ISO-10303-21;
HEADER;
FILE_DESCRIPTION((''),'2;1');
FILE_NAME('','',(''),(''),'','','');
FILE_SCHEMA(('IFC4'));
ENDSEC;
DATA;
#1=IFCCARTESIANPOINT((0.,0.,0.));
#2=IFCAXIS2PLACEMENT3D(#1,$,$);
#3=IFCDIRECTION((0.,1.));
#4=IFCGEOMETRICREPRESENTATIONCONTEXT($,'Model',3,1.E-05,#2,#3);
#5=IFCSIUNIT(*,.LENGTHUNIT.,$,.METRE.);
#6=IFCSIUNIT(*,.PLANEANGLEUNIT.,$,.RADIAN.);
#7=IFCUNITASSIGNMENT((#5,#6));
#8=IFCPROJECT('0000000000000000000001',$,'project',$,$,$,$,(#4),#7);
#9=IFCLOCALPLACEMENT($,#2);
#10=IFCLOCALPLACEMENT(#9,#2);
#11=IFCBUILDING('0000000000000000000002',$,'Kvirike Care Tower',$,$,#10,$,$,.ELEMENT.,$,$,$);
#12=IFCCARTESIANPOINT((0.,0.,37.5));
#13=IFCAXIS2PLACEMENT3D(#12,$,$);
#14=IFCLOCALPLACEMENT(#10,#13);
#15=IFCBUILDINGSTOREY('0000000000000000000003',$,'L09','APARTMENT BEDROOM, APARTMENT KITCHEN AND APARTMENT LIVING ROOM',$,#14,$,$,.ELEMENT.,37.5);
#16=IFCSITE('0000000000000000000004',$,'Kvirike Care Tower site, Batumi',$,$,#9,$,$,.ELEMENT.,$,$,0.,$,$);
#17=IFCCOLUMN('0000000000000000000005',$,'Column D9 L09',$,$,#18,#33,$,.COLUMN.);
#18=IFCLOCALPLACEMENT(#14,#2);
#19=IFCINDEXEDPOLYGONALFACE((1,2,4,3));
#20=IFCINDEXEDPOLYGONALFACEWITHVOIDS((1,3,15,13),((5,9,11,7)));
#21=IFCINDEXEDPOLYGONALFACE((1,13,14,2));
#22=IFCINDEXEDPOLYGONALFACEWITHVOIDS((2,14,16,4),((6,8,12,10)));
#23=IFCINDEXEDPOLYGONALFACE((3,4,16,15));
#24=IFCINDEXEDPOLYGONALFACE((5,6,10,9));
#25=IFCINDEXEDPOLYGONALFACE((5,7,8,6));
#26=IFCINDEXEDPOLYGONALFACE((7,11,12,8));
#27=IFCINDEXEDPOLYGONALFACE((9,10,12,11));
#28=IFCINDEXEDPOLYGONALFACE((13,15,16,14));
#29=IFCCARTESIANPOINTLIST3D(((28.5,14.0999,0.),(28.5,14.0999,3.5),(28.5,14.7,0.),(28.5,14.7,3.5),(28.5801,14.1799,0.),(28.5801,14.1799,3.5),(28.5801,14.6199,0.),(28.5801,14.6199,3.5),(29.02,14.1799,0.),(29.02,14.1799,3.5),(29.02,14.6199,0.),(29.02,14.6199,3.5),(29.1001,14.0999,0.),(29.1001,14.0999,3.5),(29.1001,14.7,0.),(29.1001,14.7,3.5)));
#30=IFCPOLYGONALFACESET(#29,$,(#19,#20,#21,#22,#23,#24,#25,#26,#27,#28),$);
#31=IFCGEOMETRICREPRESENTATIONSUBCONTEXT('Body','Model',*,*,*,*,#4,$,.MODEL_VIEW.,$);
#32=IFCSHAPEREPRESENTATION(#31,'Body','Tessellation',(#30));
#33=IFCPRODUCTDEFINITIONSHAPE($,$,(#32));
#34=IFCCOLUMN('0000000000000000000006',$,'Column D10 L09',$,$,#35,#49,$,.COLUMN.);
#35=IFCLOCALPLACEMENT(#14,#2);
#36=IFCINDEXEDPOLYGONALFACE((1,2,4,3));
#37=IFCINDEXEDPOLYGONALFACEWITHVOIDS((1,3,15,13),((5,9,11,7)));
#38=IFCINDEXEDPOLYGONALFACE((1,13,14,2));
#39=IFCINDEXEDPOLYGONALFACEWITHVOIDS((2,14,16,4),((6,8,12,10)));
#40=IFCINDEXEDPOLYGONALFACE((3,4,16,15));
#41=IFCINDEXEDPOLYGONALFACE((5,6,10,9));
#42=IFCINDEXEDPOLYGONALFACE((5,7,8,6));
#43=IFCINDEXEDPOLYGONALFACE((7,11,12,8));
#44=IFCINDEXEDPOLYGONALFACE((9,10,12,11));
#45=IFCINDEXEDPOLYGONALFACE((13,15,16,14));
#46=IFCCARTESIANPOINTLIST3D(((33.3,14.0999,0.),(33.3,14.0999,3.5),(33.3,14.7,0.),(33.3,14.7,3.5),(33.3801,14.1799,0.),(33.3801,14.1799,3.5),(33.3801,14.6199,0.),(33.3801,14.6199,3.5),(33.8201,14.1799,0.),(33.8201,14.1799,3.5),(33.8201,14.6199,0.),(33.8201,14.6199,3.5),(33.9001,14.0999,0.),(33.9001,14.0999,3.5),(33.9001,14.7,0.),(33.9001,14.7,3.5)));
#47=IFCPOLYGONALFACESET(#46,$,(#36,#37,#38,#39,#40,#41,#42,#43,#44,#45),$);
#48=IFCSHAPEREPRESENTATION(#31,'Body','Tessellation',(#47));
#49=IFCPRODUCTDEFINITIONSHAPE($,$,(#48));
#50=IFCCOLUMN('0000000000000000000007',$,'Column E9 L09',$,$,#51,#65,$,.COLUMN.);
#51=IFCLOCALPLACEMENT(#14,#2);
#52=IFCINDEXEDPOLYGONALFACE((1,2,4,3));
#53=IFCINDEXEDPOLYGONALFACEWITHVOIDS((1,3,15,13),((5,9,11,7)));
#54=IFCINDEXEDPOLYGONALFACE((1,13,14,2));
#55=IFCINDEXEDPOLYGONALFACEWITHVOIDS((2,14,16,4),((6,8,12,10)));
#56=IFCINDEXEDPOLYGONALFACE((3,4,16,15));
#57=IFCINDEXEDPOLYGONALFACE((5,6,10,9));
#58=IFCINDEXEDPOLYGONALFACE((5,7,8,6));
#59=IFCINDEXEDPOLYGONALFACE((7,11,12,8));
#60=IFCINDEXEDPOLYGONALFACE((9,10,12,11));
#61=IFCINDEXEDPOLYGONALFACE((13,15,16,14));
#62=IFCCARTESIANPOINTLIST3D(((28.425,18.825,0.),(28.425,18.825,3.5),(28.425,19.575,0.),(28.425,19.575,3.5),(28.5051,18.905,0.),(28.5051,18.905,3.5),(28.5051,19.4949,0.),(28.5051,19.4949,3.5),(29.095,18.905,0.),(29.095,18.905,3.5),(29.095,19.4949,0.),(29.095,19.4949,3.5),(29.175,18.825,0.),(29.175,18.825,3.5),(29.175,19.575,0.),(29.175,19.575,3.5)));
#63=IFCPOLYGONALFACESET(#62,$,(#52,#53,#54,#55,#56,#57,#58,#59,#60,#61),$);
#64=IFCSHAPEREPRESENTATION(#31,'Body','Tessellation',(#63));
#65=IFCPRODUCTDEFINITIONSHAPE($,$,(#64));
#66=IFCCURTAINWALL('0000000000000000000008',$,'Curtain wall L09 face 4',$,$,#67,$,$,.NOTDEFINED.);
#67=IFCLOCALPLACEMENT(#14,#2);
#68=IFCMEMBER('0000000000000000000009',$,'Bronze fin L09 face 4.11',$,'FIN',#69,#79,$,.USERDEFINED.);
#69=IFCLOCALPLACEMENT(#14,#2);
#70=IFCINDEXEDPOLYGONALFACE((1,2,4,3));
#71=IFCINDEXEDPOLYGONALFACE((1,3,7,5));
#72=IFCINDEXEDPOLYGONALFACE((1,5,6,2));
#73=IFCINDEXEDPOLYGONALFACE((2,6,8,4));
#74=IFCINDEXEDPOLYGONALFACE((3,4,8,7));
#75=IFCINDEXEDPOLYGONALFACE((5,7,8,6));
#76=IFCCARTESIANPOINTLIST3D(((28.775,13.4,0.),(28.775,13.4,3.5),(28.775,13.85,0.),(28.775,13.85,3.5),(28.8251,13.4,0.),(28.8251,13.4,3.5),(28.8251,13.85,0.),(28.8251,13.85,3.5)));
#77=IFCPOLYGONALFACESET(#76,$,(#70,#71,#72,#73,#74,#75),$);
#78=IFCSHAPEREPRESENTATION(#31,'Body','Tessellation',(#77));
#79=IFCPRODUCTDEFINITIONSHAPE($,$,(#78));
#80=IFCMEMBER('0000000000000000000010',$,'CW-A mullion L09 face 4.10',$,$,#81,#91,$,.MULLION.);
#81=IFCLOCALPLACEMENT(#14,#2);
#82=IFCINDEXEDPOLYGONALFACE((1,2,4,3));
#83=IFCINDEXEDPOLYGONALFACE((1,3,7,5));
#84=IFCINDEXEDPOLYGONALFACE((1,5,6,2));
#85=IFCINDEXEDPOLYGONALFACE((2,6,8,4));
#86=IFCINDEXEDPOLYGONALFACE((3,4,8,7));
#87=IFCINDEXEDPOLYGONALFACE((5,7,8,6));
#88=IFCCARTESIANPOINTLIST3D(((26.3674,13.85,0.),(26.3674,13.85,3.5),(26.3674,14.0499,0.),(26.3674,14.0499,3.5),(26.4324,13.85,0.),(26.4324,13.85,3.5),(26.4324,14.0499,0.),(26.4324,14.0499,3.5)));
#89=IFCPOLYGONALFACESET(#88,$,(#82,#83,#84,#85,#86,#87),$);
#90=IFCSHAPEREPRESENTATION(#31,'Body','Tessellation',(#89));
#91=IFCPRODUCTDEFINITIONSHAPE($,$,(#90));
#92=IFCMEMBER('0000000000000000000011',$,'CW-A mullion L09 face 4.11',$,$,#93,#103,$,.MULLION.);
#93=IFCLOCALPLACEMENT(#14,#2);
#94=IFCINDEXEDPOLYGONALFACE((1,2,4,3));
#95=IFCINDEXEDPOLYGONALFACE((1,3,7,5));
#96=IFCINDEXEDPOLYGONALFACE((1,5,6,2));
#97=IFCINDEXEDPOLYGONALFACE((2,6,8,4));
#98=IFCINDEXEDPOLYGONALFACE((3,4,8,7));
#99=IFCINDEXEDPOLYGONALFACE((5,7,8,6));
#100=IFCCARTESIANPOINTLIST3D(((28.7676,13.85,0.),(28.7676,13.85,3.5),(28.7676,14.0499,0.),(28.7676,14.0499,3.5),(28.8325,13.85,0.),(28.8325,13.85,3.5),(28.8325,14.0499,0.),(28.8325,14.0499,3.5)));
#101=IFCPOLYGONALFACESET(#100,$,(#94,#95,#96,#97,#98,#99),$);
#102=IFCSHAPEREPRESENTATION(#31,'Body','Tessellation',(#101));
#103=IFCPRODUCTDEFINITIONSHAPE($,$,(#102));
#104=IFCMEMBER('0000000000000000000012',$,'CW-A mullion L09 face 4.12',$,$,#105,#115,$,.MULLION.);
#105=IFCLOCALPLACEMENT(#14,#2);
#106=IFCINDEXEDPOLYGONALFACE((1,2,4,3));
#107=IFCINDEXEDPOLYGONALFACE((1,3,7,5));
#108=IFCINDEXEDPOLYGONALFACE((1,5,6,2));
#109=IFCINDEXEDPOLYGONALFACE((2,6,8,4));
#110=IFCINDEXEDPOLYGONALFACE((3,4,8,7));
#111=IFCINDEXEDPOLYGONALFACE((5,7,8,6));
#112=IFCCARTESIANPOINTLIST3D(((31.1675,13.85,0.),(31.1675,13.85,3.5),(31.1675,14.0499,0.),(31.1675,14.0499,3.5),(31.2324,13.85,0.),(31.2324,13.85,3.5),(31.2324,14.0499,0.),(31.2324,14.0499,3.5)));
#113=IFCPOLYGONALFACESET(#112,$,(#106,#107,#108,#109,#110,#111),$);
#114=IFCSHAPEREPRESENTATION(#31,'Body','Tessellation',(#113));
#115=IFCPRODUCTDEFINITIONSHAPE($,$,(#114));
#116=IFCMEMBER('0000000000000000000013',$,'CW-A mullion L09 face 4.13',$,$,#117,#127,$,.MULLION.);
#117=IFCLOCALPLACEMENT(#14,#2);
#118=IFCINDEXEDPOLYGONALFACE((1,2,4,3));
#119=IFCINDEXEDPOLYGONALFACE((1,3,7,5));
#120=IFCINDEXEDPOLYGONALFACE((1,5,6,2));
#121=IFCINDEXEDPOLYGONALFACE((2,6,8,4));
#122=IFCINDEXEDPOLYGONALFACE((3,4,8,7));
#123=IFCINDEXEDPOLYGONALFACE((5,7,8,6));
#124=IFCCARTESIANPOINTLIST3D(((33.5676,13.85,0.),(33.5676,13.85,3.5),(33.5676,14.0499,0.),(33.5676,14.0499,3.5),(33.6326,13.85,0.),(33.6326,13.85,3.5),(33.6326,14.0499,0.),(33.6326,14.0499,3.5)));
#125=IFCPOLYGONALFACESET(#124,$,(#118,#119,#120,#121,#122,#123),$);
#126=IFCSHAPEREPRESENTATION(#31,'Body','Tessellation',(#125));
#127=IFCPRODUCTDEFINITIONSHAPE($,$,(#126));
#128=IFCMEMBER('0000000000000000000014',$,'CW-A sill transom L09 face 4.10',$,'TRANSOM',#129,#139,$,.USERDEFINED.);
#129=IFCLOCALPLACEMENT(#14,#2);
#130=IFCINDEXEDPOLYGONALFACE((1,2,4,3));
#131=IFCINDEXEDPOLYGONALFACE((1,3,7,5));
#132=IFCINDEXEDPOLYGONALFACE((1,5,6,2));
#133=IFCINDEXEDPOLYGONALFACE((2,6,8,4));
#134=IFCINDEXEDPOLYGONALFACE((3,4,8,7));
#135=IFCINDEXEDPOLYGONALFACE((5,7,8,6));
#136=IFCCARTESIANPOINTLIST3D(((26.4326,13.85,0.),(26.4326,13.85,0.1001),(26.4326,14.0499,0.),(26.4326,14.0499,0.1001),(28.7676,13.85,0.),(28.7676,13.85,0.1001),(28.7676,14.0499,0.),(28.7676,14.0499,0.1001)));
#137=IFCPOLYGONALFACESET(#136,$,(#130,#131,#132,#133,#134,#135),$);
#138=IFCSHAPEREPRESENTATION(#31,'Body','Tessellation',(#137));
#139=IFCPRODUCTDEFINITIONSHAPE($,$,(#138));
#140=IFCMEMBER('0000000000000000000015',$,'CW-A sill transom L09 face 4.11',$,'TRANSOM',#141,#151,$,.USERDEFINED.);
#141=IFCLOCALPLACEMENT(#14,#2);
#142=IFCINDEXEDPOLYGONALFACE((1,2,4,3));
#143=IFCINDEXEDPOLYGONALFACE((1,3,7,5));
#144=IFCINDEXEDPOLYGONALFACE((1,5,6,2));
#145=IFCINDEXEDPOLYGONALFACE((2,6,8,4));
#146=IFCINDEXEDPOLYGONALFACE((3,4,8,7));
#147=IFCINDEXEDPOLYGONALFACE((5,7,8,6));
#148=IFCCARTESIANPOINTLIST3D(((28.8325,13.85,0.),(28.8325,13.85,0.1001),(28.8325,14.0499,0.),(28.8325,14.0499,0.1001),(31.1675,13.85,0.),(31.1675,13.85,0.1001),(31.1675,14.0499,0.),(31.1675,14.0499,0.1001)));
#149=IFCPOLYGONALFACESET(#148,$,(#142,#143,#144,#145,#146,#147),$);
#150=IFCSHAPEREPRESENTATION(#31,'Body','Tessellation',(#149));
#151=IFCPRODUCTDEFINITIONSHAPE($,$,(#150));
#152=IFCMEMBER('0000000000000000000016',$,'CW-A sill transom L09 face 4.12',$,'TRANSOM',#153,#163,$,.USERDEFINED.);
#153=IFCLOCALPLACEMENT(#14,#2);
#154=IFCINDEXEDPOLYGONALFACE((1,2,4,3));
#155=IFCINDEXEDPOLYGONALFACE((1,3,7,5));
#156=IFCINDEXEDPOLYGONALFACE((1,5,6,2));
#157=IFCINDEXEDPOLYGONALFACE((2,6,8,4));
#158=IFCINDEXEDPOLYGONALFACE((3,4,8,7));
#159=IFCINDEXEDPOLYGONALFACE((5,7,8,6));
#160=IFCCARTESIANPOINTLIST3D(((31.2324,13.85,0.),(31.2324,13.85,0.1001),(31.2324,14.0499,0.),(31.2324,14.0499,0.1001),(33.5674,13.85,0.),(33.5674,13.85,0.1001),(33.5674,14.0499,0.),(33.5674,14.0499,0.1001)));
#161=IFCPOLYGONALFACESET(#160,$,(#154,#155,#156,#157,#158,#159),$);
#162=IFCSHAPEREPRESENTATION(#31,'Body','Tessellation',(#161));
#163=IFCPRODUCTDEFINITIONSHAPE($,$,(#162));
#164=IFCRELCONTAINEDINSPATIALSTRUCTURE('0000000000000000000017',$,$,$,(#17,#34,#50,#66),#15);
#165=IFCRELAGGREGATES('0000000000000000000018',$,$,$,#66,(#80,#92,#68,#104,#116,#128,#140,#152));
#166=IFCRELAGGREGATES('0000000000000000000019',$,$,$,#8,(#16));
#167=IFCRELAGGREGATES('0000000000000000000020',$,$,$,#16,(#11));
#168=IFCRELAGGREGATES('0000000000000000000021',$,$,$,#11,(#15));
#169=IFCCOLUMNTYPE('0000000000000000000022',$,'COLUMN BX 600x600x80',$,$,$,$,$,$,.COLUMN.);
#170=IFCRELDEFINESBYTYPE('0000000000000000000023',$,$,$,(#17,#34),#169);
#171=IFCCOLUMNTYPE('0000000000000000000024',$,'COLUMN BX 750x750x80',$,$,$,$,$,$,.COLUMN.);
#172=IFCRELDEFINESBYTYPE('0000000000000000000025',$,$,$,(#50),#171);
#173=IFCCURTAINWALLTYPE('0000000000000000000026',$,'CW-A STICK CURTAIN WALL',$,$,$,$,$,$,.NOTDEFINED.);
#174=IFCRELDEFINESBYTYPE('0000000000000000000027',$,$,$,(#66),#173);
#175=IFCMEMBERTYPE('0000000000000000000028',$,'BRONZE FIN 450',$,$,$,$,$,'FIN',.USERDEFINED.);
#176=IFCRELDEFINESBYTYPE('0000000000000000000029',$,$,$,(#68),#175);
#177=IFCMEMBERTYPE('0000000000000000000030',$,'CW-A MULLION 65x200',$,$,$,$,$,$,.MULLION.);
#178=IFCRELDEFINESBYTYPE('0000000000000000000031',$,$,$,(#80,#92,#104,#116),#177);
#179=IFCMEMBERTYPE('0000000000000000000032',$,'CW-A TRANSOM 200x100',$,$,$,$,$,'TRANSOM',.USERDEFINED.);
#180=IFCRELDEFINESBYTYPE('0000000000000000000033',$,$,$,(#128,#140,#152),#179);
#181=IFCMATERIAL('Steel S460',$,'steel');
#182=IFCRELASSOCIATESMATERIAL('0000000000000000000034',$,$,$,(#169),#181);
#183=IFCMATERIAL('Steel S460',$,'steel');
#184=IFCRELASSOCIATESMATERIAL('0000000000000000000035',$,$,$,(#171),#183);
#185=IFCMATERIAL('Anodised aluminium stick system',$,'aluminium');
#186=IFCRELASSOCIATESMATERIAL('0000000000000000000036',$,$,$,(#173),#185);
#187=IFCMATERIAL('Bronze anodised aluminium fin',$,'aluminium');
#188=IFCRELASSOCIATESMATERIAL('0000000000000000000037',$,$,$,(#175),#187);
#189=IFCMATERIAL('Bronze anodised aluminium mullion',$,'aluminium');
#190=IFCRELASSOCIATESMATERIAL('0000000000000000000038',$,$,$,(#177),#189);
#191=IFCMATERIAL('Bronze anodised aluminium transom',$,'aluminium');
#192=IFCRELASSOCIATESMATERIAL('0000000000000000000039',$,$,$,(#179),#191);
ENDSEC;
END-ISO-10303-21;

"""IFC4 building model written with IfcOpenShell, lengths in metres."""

from ifc_helpers import new_model, si_unit, direction, frame, origin, origin_2d, place, context, subcontext, project, spatial, rectangle, hollow_rectangle, extrude, material, material_profile, profile_set, type_object, element, aggregate, save


model = new_model("IFC4")

# Units and contexts
model_context = context("Model", 3, precision=1e-05, world=origin(), true_north=direction((0.0, 1.0)))
body_context = subcontext(model_context, "Body", "Model", "MODEL_VIEW")
ifc_project = project(units=[si_unit("LENGTHUNIT", "METRE"), si_unit("PLANEANGLEUNIT", "RADIAN")], contexts=[model_context])

# Site, building, storey
site_placement = place(None, origin())
site = spatial("IfcSite", under=ifc_project, at=site_placement, Name="Kvirike Care Tower site, Batumi", CompositionType="ELEMENT", RefElevation=0.0)
building_placement = place(site_placement, origin())
building = spatial("IfcBuilding", under=site, at=building_placement, Name="Kvirike Care Tower", CompositionType="ELEMENT")
storey_placement = place(building_placement, frame((0.0, 0.0, 37.5)))
storey = spatial("IfcBuildingStorey", under=building, at=storey_placement, Name="L09", Description="APARTMENT BEDROOM, APARTMENT KITCHEN AND APARTMENT LIVING ROOM", CompositionType="ELEMENT", Elevation=37.5)

# Columns
ifc_material_1 = material(Name="Steel S460", Category="steel")
ifc_material_profile_1 = material_profile(ifc_material_1, hollow_rectangle(XDim=0.6001, YDim=0.6001, WallThickness=0.0801, at=origin_2d()), Name="BX 600x600x80")
ifc_profile_set_1 = profile_set([ifc_material_profile_1], Name="Steel S460")
column_type_1 = type_object("IfcColumnType", Name="COLUMN BX 600x600x80", PredefinedType="COLUMN", material=ifc_profile_set_1)
for number, where, z_axis, x_axis, name in (
    (1, (28.8, 14.3999, 0.0), (0.0, 0.0, 1.0), (0.0, 1.0, 0.0), "Column D9 L09"),
    (2, (33.6001, 14.3999, 0.0), (0.0, 0.0, 1.0), (0.0, 1.0, 0.0), "Column D10 L09"),
):
    element("IfcColumn", number, at=place(storey_placement, frame(where, z_axis=z_axis, x_axis=x_axis)), inside=storey, type_object=column_type_1, Name=name, PredefinedType="COLUMN", context=body_context, shape_type="SweptSolid", body=[
        extrude(hollow_rectangle(XDim=0.6001, YDim=0.6001, WallThickness=0.0801, at=origin_2d()), origin(), (0.0, 0.0, 1.0), 3.5),
    ])
ifc_material_2 = material(Name="Steel S460", Category="steel")
ifc_material_profile_2 = material_profile(ifc_material_2, hollow_rectangle(XDim=0.75, YDim=0.75, WallThickness=0.0801, at=origin_2d()), Name="BX 750x750x80")
ifc_profile_set_2 = profile_set([ifc_material_profile_2], Name="Steel S460")
column_type_2 = type_object("IfcColumnType", Name="COLUMN BX 750x750x80", PredefinedType="COLUMN", material=ifc_profile_set_2)
column_placement = place(storey_placement, frame((28.8, 19.2, 0.0), z_axis=(0.0, 0.0, 1.0), x_axis=(1.0, 0.0, 0.0)))
element("IfcColumn", 3, at=column_placement, inside=storey, type_object=column_type_2, Name="Column E9 L09", PredefinedType="COLUMN", context=body_context, shape_type="SweptSolid", body=[
    extrude(hollow_rectangle(XDim=0.75, YDim=0.75, WallThickness=0.0801, at=origin_2d()), origin(), (0.0, 0.0, 1.0), 3.5),
])

# Curtain wall, members
ifc_material_3 = material(Name="Anodised aluminium stick system", Category="aluminium")
curtain_wall_type = type_object("IfcCurtainWallType", Name="CW-A STICK CURTAIN WALL", PredefinedType="NOTDEFINED", material=ifc_material_3)
curtain_wall_placement = place(storey_placement, origin())
curtain_wall = element("IfcCurtainWall", 4, at=curtain_wall_placement, inside=storey, type_object=curtain_wall_type, Name="Curtain wall L09 face 4", PredefinedType="NOTDEFINED")
ifc_material_4 = material(Name="Bronze anodised aluminium fin", Category="aluminium")
ifc_material_profile_3 = material_profile(ifc_material_4, rectangle(XDim=0.05, YDim=0.45, at=origin_2d()), Name="BRONZE FIN 450")
ifc_profile_set_3 = profile_set([ifc_material_profile_3], Name="Bronze anodised aluminium fin")
member_type_1 = type_object("IfcMemberType", Name="BRONZE FIN 450", ElementType="FIN", PredefinedType="USERDEFINED", material=ifc_profile_set_3)
member_1_placement = place(storey_placement, frame((28.8, 13.625, 0.0), z_axis=(0.0, 0.0, 1.0), x_axis=(1.0, 0.0, 0.0)))
member_1 = element("IfcMember", 5, at=member_1_placement, type_object=member_type_1, Name="Bronze fin L09 face 4.11", ObjectType="FIN", PredefinedType="USERDEFINED", context=body_context, shape_type="SweptSolid", body=[
    extrude(rectangle(XDim=0.05, YDim=0.45, at=origin_2d()), origin(), (0.0, 0.0, 1.0), 3.5),
])
ifc_material_5 = material(Name="Bronze anodised aluminium mullion", Category="aluminium")
ifc_material_profile_4 = material_profile(ifc_material_5, rectangle(XDim=0.0649, YDim=0.2, at=origin_2d()), Name="CW-A MULLION 65x200")
ifc_profile_set_4 = profile_set([ifc_material_profile_4], Name="Bronze anodised aluminium mullion")
member_type_2 = type_object("IfcMemberType", Name="CW-A MULLION 65x200", PredefinedType="MULLION", material=ifc_profile_set_4)
member_2_placement = place(storey_placement, frame((26.3999, 13.95, 0.0), z_axis=(0.0, 0.0, 1.0), x_axis=(1.0, 0.0, 0.0)))
member_2 = element("IfcMember", 6, at=member_2_placement, type_object=member_type_2, Name="CW-A mullion L09 face 4.10", PredefinedType="MULLION", context=body_context, shape_type="SweptSolid", body=[
    extrude(rectangle(XDim=0.0649, YDim=0.2, at=origin_2d()), origin(), (0.0, 0.0, 1.0), 3.5),
])
member_3_placement = place(storey_placement, frame((28.8, 13.95, 0.0), z_axis=(0.0, 0.0, 1.0), x_axis=(1.0, 0.0, 0.0)))
member_3 = element("IfcMember", 7, at=member_3_placement, type_object=member_type_2, Name="CW-A mullion L09 face 4.11", PredefinedType="MULLION", context=body_context, shape_type="SweptSolid", body=[
    extrude(rectangle(XDim=0.0649, YDim=0.2, at=origin_2d()), origin(), (0.0, 0.0, 1.0), 3.5),
])
member_4_placement = place(storey_placement, frame((31.2, 13.95, 0.0), z_axis=(0.0, 0.0, 1.0), x_axis=(1.0, 0.0, 0.0)))
member_4 = element("IfcMember", 8, at=member_4_placement, type_object=member_type_2, Name="CW-A mullion L09 face 4.12", PredefinedType="MULLION", context=body_context, shape_type="SweptSolid", body=[
    extrude(rectangle(XDim=0.0649, YDim=0.2, at=origin_2d()), origin(), (0.0, 0.0, 1.0), 3.5),
])
member_5_placement = place(storey_placement, frame((33.6001, 13.95, 0.0), z_axis=(0.0, 0.0, 1.0), x_axis=(1.0, 0.0, 0.0)))
member_5 = element("IfcMember", 9, at=member_5_placement, type_object=member_type_2, Name="CW-A mullion L09 face 4.13", PredefinedType="MULLION", context=body_context, shape_type="SweptSolid", body=[
    extrude(rectangle(XDim=0.0649, YDim=0.2, at=origin_2d()), origin(), (0.0, 0.0, 1.0), 3.5),
])
ifc_material_6 = material(Name="Bronze anodised aluminium transom", Category="aluminium")
ifc_material_profile_5 = material_profile(ifc_material_6, rectangle(XDim=0.2, YDim=0.1001, at=origin_2d()), Name="CW-A TRANSOM 200x100")
ifc_profile_set_5 = profile_set([ifc_material_profile_5], Name="Bronze anodised aluminium transom")
member_type_3 = type_object("IfcMemberType", Name="CW-A TRANSOM 200x100", ElementType="TRANSOM", PredefinedType="USERDEFINED", material=ifc_profile_set_5)
member_6_placement = place(storey_placement, frame((26.4326, 13.95, 0.05), z_axis=(1.0, 0.0, 0.0), x_axis=(0.0, 1.0, 0.0)))
member_6 = element("IfcMember", 10, at=member_6_placement, type_object=member_type_3, Name="CW-A sill transom L09 face 4.10", ObjectType="TRANSOM", PredefinedType="USERDEFINED", context=body_context, shape_type="SweptSolid", body=[
    extrude(rectangle(XDim=0.2, YDim=0.1001, at=origin_2d()), origin(), (0.0, 0.0, 1.0), 2.335),
])
member_7_placement = place(storey_placement, frame((28.8325, 13.95, 0.05), z_axis=(1.0, 0.0, 0.0), x_axis=(0.0, 1.0, 0.0)))
member_7 = element("IfcMember", 11, at=member_7_placement, type_object=member_type_3, Name="CW-A sill transom L09 face 4.11", ObjectType="TRANSOM", PredefinedType="USERDEFINED", context=body_context, shape_type="SweptSolid", body=[
    extrude(rectangle(XDim=0.2, YDim=0.1001, at=origin_2d()), origin(), (0.0, 0.0, 1.0), 2.335),
])
member_8_placement = place(storey_placement, frame((31.2324, 13.95, 0.05), z_axis=(1.0, 0.0, 0.0), x_axis=(0.0, 1.0, 0.0)))
member_8 = element("IfcMember", 12, at=member_8_placement, type_object=member_type_3, Name="CW-A sill transom L09 face 4.12", ObjectType="TRANSOM", PredefinedType="USERDEFINED", context=body_context, shape_type="SweptSolid", body=[
    extrude(rectangle(XDim=0.2, YDim=0.1001, at=origin_2d()), origin(), (0.0, 0.0, 1.0), 2.335),
])

aggregate(curtain_wall, [member_2, member_3, member_1, member_4, member_5, member_6, member_7, member_8])

save(model, "model.ifc")
